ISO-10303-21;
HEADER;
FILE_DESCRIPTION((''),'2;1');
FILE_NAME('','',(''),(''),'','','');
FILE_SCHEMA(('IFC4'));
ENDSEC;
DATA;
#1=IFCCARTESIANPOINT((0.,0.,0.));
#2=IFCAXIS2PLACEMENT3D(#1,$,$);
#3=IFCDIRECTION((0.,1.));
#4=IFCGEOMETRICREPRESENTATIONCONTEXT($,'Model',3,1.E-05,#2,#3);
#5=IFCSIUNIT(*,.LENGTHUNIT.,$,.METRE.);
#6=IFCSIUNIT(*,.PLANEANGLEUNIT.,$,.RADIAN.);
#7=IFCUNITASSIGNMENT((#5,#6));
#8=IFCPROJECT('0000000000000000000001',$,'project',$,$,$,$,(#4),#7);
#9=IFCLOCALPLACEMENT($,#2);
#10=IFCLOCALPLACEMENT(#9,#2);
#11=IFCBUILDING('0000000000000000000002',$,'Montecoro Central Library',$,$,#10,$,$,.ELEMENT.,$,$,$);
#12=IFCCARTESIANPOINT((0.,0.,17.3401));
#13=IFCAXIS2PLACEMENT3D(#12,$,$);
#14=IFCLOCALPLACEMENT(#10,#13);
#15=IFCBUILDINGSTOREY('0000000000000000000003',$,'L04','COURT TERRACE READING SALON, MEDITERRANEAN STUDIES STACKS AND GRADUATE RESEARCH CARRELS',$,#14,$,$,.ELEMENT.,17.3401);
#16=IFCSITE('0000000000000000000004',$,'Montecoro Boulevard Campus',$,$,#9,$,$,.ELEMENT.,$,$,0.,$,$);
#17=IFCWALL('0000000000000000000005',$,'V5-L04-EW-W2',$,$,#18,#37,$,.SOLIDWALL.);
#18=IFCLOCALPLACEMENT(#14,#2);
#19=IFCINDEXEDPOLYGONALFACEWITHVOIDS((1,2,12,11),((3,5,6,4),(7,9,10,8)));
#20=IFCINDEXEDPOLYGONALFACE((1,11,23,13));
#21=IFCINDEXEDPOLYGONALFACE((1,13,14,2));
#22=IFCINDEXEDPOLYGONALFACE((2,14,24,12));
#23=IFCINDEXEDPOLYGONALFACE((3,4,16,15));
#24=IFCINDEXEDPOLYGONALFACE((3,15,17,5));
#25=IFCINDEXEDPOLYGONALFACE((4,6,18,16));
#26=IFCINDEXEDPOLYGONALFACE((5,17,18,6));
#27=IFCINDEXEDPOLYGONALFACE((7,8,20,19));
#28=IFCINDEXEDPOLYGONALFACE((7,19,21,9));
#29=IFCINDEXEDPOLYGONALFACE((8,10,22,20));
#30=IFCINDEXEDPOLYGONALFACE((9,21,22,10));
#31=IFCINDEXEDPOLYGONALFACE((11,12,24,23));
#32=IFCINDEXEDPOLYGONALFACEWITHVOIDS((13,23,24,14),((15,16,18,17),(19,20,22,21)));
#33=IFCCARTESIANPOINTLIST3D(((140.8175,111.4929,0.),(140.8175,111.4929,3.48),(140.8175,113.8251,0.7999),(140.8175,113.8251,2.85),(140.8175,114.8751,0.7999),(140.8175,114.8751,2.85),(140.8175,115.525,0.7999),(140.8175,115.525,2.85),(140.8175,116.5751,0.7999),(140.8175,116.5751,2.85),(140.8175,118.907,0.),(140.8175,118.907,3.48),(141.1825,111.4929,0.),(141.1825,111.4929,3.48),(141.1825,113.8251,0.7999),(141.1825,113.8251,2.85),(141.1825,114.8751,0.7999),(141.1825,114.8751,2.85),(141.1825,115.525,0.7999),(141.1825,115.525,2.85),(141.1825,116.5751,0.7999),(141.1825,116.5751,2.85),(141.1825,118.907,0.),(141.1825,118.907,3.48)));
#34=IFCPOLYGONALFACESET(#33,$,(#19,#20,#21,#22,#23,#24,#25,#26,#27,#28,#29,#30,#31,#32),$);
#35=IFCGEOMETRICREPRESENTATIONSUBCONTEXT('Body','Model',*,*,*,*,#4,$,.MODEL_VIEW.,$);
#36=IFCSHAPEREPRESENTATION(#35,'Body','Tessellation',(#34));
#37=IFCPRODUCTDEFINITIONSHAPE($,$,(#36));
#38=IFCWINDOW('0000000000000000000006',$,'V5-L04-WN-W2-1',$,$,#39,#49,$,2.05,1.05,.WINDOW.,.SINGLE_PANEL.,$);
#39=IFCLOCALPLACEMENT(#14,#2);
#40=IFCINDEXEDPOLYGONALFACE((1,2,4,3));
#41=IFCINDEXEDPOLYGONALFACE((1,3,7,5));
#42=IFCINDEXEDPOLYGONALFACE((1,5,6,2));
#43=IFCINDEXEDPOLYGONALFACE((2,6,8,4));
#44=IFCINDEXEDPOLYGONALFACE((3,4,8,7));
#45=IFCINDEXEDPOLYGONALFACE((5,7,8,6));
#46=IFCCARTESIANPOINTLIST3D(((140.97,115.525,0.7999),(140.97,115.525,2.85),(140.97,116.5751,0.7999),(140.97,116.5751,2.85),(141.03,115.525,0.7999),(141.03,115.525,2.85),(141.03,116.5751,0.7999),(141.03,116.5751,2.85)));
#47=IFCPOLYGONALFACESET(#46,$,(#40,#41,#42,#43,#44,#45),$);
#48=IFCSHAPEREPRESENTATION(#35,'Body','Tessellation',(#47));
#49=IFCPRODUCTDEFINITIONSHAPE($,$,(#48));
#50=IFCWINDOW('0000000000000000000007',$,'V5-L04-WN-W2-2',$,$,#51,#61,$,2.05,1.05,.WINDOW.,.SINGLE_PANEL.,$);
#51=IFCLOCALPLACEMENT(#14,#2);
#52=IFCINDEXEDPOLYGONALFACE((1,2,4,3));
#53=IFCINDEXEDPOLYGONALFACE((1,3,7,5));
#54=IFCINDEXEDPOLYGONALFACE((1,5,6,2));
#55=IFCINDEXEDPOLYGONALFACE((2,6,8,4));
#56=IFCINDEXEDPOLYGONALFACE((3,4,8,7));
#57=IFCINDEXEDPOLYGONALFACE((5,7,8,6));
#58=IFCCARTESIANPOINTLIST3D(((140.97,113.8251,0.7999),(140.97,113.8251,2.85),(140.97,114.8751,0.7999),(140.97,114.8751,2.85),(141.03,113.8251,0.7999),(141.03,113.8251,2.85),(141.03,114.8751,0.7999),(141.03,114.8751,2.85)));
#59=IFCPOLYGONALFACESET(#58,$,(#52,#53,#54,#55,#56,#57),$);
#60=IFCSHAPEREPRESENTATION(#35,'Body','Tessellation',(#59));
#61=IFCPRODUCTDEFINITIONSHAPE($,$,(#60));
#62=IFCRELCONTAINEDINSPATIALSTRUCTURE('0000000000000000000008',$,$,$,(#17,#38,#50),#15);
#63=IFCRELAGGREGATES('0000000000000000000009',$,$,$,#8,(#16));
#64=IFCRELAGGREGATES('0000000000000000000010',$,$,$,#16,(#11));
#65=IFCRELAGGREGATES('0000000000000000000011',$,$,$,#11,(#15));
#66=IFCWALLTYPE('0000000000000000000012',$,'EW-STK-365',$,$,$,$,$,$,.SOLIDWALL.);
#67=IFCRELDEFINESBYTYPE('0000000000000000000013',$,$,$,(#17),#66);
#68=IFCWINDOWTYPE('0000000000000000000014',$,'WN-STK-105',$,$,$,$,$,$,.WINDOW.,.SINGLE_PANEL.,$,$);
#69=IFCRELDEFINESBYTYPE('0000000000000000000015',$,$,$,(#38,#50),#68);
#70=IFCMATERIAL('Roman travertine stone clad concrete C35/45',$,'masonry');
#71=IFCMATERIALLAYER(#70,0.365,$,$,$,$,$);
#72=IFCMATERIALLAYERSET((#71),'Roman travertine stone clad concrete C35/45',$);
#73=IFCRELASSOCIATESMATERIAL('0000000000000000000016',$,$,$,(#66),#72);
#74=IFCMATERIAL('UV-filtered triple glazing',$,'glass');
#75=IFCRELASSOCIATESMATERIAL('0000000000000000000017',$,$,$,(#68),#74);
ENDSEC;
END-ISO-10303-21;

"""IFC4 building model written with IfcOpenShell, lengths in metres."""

from ifc_helpers import new_model, si_unit, direction, frame, frame_2d, origin, place, context, subcontext, project, spatial, rectangle, extrude, material, layer, layer_set, type_object, element, fill, save


model = new_model("IFC4")

# Units and contexts
model_context = context("Model", 3, precision=1e-05, world=origin(), true_north=direction((0.0, 1.0)))
body_context = subcontext(model_context, "Body", "Model", "MODEL_VIEW")
ifc_project = project(units=[si_unit("LENGTHUNIT", "METRE"), si_unit("PLANEANGLEUNIT", "RADIAN")], contexts=[model_context])

# Site, building, storey
site_placement = place(None, origin())
site = spatial("IfcSite", under=ifc_project, at=site_placement, Name="Montecoro Boulevard Campus", CompositionType="ELEMENT", RefElevation=0.0)
building_placement = place(site_placement, origin())
building = spatial("IfcBuilding", under=site, at=building_placement, Name="Montecoro Central Library", CompositionType="ELEMENT")
storey_placement = place(building_placement, frame((0.0, 0.0, 17.3401)))
storey = spatial("IfcBuildingStorey", under=building, at=storey_placement, Name="L04", Description="COURT TERRACE READING SALON, MEDITERRANEAN STUDIES STACKS AND GRADUATE RESEARCH CARRELS", CompositionType="ELEMENT", Elevation=17.3401)

# Wall, openings, windows
ifc_material_1 = material(Name="Roman travertine stone clad concrete C35/45", Category="masonry")
ifc_layer_1 = layer(ifc_material_1, 0.365)
ifc_layer_set_1 = layer_set([ifc_layer_1], Name="Roman travertine stone clad concrete C35/45")
wall_type = type_object("IfcWallType", Name="EW-STK-365", PredefinedType="SOLIDWALL", material=ifc_layer_set_1)
wall_placement = place(storey_placement, frame((141.0, 118.907, 0.0), z_axis=(0.0, 0.0, 1.0), x_axis=(0.0, -1.0, 0.0)))
wall = element("IfcWall", 1, at=wall_placement, inside=storey, type_object=wall_type, Name="V5-L04-EW-W2", PredefinedType="SOLIDWALL", context=body_context, shape_type="SweptSolid", body=[
    extrude(rectangle(XDim=7.4141, YDim=0.365, at=frame_2d((3.707, 0.0))), origin(), (0.0, 0.0, 1.0), 3.48),
])
opening_1_placement = place(wall_placement, frame((2.332, 0.0, 0.8)))
opening_1 = element("IfcOpeningElement", 2, at=opening_1_placement, cuts=wall, PredefinedType="OPENING", context=body_context, shape_type="SweptSolid", body=[
    extrude(rectangle(XDim=1.05, YDim=2.05, at=frame_2d((0.5249, 1.0249))), frame((0.0, 0.1924, 0.0), z_axis=(0.0, -1.0, 0.0), x_axis=(1.0, 0.0, 0.0)), (0.0, 0.0, 1.0), 0.385),
])
opening_2_placement = place(wall_placement, frame((4.032, 0.0, 0.8)))
opening_2 = element("IfcOpeningElement", 3, at=opening_2_placement, cuts=wall, PredefinedType="OPENING", context=body_context, shape_type="SweptSolid", body=[
    extrude(rectangle(XDim=1.05, YDim=2.05, at=frame_2d((0.5249, 1.0249))), frame((0.0, 0.1924, 0.0), z_axis=(0.0, -1.0, 0.0), x_axis=(1.0, 0.0, 0.0)), (0.0, 0.0, 1.0), 0.385),
])
ifc_material_2 = material(Name="UV-filtered triple glazing", Category="glass")
window_type = type_object("IfcWindowType", Name="WN-STK-105", PartitioningType="SINGLE_PANEL", PredefinedType="WINDOW", material=ifc_material_2)
window_1_placement = place(opening_1_placement, origin())
window_1 = element("IfcWindow", 4, at=window_1_placement, inside=storey, type_object=window_type, Name="V5-L04-WN-W2-1", OverallHeight=2.05, OverallWidth=1.05, PartitioningType="SINGLE_PANEL", PredefinedType="WINDOW", context=body_context, shape_type="SweptSolid", body=[
    extrude(rectangle(XDim=1.05, YDim=2.05, at=frame_2d((0.5249, 1.0249))), frame((0.0, 0.03, 0.0), z_axis=(0.0, -1.0, 0.0), x_axis=(1.0, 0.0, 0.0)), (0.0, 0.0, 1.0), 0.0601),
])
fill(opening_1, window_1)
window_2_placement = place(opening_2_placement, origin())
window_2 = element("IfcWindow", 5, at=window_2_placement, inside=storey, type_object=window_type, Name="V5-L04-WN-W2-2", OverallHeight=2.05, OverallWidth=1.05, PartitioningType="SINGLE_PANEL", PredefinedType="WINDOW", context=body_context, shape_type="SweptSolid", body=[
    extrude(rectangle(XDim=1.05, YDim=2.05, at=frame_2d((0.5249, 1.0249))), frame((0.0, 0.03, 0.0), z_axis=(0.0, -1.0, 0.0), x_axis=(1.0, 0.0, 0.0)), (0.0, 0.0, 1.0), 0.0601),
])
fill(opening_2, window_2)

save(model, "model.ifc")
